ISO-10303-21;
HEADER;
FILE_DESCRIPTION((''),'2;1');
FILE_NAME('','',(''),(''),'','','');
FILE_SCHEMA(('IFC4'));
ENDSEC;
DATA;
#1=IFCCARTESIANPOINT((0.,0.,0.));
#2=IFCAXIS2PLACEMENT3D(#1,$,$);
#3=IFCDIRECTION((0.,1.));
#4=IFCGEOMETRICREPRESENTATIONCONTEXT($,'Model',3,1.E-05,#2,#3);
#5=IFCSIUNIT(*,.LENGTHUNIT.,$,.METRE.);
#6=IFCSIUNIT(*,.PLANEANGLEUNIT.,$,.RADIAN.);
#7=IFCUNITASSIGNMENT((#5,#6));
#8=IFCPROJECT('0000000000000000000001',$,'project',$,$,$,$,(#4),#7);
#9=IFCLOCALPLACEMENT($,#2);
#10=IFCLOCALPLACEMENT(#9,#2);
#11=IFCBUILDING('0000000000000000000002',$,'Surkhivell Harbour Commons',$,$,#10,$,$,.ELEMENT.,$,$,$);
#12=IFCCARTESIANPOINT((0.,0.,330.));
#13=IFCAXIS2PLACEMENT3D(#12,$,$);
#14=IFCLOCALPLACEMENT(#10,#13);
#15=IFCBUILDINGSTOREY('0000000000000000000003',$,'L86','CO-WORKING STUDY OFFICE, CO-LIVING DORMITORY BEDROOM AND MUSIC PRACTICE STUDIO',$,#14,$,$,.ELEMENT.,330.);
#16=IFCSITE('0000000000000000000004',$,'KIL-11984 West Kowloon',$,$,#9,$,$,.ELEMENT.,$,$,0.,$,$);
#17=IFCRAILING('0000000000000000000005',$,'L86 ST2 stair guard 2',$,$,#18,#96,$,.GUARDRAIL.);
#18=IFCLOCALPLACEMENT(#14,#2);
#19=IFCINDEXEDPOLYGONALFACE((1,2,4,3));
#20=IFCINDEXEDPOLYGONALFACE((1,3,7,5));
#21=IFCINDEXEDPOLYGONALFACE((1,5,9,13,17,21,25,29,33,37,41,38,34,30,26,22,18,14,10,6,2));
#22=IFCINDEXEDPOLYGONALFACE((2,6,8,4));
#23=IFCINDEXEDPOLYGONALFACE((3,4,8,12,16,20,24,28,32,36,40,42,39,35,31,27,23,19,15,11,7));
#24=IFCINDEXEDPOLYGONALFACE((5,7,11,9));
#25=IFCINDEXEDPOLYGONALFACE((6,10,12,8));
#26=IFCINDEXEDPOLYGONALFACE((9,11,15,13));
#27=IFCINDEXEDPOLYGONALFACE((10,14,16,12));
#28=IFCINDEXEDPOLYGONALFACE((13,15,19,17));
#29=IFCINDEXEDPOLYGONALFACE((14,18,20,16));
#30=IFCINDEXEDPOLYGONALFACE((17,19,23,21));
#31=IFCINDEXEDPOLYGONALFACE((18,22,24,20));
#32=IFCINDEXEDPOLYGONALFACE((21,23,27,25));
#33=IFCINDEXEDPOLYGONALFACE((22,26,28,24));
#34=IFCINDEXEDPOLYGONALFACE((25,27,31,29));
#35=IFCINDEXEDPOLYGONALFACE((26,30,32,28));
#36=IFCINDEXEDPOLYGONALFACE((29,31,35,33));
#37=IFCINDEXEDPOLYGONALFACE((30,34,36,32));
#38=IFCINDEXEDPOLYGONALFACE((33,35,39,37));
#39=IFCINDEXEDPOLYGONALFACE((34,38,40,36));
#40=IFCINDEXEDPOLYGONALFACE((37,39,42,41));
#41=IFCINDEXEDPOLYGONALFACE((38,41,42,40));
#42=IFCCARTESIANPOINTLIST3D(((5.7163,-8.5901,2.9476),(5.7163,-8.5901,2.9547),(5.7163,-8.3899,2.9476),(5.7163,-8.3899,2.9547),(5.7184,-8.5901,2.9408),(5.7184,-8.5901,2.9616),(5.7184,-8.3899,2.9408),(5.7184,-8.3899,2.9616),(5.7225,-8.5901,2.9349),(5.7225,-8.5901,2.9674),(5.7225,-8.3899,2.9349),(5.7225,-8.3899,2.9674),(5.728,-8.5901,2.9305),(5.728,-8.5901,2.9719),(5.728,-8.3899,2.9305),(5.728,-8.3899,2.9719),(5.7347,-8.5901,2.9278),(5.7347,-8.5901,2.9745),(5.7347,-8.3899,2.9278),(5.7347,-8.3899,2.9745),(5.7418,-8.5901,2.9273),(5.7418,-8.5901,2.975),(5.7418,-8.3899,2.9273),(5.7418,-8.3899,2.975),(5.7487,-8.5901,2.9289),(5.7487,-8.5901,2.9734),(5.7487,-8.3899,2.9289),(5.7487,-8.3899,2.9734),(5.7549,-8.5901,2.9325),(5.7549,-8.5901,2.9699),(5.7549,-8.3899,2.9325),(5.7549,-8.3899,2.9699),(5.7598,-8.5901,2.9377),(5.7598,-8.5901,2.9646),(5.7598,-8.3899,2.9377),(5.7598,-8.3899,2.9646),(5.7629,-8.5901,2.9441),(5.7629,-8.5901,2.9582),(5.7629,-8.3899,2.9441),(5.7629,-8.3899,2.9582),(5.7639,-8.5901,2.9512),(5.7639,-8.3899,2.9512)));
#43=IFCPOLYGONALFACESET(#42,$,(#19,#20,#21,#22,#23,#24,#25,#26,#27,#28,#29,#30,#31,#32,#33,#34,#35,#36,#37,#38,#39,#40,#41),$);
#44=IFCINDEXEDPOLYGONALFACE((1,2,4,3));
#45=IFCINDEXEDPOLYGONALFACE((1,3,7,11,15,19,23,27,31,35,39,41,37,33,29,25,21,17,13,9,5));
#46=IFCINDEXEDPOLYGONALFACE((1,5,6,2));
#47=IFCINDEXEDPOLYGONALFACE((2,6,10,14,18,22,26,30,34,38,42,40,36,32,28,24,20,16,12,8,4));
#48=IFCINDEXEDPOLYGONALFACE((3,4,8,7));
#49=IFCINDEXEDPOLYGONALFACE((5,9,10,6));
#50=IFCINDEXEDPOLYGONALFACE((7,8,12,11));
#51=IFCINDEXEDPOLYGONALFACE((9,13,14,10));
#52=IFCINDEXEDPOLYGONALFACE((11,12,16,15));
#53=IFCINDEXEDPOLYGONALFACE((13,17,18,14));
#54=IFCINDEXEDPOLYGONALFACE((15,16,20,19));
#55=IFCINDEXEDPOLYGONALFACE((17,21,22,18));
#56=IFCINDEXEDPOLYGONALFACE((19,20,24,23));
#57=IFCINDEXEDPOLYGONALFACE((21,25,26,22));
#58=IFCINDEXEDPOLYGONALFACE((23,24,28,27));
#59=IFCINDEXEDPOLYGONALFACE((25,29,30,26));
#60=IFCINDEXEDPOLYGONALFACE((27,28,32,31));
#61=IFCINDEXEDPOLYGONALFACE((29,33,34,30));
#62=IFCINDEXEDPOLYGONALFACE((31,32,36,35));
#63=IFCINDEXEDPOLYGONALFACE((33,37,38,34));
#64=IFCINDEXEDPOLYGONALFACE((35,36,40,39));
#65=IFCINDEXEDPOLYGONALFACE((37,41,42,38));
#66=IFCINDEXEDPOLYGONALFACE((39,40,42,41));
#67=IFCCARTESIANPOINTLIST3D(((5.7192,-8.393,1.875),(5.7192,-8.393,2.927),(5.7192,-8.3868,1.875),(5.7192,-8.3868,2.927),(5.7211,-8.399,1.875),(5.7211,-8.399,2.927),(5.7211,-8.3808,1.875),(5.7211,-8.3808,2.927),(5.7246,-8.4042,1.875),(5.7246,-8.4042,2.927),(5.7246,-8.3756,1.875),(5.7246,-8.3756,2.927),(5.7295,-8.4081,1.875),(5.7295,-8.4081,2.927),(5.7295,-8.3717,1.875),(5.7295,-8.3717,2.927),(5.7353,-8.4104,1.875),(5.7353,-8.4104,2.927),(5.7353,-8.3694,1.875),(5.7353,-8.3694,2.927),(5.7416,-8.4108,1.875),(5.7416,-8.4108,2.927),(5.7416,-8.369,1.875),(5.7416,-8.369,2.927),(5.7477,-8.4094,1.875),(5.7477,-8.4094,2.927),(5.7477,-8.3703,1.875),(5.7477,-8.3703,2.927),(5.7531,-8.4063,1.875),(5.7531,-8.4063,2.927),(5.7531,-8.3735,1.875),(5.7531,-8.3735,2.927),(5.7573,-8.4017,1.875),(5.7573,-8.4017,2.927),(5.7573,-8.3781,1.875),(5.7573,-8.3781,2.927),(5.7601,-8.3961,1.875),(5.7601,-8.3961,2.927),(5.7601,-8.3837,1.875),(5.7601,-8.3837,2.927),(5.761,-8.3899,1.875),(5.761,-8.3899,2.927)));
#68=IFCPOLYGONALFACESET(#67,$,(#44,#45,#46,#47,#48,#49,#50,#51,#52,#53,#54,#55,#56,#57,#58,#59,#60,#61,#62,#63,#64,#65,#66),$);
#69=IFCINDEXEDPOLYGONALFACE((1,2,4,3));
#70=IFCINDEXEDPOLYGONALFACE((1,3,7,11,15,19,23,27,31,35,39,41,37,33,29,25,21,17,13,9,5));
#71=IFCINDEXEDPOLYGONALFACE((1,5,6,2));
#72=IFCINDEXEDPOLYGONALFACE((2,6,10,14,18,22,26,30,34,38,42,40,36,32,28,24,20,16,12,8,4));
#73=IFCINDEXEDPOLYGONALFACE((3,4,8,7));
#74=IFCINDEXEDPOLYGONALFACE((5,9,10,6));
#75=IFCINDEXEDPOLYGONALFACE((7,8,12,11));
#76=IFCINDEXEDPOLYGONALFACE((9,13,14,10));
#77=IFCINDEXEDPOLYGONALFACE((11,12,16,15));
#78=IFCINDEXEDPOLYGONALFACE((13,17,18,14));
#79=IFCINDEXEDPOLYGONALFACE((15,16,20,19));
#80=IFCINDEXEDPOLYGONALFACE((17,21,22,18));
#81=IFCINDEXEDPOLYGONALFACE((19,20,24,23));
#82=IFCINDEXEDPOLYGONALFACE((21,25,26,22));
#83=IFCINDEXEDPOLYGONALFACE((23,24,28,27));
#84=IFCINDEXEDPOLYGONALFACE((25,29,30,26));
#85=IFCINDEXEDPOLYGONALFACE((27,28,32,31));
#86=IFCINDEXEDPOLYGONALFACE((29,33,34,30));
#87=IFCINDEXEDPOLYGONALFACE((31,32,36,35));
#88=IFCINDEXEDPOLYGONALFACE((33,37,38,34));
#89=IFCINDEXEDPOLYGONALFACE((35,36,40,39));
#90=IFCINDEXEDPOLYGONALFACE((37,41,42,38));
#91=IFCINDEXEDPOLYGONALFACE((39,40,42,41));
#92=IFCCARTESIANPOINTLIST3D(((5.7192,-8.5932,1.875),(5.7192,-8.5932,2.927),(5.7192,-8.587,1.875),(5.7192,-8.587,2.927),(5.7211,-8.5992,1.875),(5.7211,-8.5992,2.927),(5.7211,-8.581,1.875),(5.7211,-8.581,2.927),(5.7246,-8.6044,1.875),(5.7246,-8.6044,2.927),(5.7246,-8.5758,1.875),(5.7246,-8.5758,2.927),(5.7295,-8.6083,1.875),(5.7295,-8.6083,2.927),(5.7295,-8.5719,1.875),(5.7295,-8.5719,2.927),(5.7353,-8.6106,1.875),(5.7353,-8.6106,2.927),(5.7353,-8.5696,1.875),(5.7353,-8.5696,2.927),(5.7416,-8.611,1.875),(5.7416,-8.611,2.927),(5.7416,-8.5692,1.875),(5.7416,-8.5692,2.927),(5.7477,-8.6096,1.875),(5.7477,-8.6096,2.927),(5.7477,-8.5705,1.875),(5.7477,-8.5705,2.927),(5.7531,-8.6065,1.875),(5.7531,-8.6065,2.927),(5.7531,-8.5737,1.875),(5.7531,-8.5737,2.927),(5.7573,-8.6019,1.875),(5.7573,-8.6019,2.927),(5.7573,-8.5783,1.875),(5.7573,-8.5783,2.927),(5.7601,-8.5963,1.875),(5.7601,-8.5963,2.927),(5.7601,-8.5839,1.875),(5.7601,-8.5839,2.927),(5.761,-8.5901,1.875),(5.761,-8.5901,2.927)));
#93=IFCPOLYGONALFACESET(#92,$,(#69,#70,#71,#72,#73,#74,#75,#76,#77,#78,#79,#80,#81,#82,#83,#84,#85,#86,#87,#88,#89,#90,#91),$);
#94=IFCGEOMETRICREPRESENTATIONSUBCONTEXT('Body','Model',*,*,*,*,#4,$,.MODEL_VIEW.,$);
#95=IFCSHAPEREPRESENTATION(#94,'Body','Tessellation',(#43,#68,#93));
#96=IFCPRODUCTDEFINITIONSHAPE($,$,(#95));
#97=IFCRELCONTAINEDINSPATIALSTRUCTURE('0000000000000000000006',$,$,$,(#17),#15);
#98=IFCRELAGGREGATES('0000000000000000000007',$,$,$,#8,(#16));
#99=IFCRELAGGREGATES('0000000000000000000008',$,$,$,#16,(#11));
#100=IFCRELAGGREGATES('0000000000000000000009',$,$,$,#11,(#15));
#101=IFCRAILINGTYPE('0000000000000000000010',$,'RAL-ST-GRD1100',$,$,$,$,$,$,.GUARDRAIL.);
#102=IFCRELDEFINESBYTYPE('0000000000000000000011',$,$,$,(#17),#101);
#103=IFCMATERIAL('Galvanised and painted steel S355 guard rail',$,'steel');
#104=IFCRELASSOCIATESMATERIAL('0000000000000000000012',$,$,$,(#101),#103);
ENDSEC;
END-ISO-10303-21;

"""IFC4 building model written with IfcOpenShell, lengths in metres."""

from ifc_helpers import new_model, si_unit, direction, frame, origin, origin_2d, place, context, subcontext, project, spatial, circle, extrude, material, type_object, element, save


model = new_model("IFC4")

# Units and contexts
model_context = context("Model", 3, precision=1e-05, world=origin(), true_north=direction((0.0, 1.0)))
body_context = subcontext(model_context, "Body", "Model", "MODEL_VIEW")
ifc_project = project(units=[si_unit("LENGTHUNIT", "METRE"), si_unit("PLANEANGLEUNIT", "RADIAN")], contexts=[model_context])

# Site, building, storey
site_placement = place(None, origin())
site = spatial("IfcSite", under=ifc_project, at=site_placement, Name="KIL-11984 West Kowloon", CompositionType="ELEMENT", RefElevation=0.0)
building_placement = place(site_placement, origin())
building = spatial("IfcBuilding", under=site, at=building_placement, Name="Surkhivell Harbour Commons", CompositionType="ELEMENT")
storey_placement = place(building_placement, frame((0.0, 0.0, 330.0)))
storey = spatial("IfcBuildingStorey", under=building, at=storey_placement, Name="L86", Description="CO-WORKING STUDY OFFICE, CO-LIVING DORMITORY BEDROOM AND MUSIC PRACTICE STUDIO", CompositionType="ELEMENT", Elevation=330.0)

# Railing
ifc_material_1 = material(Name="Galvanised and painted steel S355 guard rail", Category="steel")
railing_type_1 = type_object("IfcRailingType", Name="RAL-ST-GRD1100", PredefinedType="GUARDRAIL", material=ifc_material_1)
railing_1_placement = place(storey_placement, frame((5.74, -8.3899, 1.875)))
element("IfcRailing", 1, at=railing_1_placement, inside=storey, type_object=railing_type_1, Name="L86 ST2 stair guard 2", PredefinedType="GUARDRAIL", context=body_context, shape_type="SweptSolid", body=[
    extrude(circle(Radius=0.0239, at=origin_2d()), frame((0.0, 0.0, 1.0762), z_axis=(0.0, -1.0, 0.0), x_axis=(1.0, 0.0, 0.0)), (0.0, 0.0, 1.0), 0.2002),
    extrude(circle(Radius=0.021, at=origin_2d()), origin(), (0.0, 0.0, 1.0), 1.052),
    extrude(circle(Radius=0.021, at=origin_2d()), frame((0.0, -0.2002, 0.0)), (0.0, 0.0, 1.0), 1.052),
])

save(model, "model.ifc")
